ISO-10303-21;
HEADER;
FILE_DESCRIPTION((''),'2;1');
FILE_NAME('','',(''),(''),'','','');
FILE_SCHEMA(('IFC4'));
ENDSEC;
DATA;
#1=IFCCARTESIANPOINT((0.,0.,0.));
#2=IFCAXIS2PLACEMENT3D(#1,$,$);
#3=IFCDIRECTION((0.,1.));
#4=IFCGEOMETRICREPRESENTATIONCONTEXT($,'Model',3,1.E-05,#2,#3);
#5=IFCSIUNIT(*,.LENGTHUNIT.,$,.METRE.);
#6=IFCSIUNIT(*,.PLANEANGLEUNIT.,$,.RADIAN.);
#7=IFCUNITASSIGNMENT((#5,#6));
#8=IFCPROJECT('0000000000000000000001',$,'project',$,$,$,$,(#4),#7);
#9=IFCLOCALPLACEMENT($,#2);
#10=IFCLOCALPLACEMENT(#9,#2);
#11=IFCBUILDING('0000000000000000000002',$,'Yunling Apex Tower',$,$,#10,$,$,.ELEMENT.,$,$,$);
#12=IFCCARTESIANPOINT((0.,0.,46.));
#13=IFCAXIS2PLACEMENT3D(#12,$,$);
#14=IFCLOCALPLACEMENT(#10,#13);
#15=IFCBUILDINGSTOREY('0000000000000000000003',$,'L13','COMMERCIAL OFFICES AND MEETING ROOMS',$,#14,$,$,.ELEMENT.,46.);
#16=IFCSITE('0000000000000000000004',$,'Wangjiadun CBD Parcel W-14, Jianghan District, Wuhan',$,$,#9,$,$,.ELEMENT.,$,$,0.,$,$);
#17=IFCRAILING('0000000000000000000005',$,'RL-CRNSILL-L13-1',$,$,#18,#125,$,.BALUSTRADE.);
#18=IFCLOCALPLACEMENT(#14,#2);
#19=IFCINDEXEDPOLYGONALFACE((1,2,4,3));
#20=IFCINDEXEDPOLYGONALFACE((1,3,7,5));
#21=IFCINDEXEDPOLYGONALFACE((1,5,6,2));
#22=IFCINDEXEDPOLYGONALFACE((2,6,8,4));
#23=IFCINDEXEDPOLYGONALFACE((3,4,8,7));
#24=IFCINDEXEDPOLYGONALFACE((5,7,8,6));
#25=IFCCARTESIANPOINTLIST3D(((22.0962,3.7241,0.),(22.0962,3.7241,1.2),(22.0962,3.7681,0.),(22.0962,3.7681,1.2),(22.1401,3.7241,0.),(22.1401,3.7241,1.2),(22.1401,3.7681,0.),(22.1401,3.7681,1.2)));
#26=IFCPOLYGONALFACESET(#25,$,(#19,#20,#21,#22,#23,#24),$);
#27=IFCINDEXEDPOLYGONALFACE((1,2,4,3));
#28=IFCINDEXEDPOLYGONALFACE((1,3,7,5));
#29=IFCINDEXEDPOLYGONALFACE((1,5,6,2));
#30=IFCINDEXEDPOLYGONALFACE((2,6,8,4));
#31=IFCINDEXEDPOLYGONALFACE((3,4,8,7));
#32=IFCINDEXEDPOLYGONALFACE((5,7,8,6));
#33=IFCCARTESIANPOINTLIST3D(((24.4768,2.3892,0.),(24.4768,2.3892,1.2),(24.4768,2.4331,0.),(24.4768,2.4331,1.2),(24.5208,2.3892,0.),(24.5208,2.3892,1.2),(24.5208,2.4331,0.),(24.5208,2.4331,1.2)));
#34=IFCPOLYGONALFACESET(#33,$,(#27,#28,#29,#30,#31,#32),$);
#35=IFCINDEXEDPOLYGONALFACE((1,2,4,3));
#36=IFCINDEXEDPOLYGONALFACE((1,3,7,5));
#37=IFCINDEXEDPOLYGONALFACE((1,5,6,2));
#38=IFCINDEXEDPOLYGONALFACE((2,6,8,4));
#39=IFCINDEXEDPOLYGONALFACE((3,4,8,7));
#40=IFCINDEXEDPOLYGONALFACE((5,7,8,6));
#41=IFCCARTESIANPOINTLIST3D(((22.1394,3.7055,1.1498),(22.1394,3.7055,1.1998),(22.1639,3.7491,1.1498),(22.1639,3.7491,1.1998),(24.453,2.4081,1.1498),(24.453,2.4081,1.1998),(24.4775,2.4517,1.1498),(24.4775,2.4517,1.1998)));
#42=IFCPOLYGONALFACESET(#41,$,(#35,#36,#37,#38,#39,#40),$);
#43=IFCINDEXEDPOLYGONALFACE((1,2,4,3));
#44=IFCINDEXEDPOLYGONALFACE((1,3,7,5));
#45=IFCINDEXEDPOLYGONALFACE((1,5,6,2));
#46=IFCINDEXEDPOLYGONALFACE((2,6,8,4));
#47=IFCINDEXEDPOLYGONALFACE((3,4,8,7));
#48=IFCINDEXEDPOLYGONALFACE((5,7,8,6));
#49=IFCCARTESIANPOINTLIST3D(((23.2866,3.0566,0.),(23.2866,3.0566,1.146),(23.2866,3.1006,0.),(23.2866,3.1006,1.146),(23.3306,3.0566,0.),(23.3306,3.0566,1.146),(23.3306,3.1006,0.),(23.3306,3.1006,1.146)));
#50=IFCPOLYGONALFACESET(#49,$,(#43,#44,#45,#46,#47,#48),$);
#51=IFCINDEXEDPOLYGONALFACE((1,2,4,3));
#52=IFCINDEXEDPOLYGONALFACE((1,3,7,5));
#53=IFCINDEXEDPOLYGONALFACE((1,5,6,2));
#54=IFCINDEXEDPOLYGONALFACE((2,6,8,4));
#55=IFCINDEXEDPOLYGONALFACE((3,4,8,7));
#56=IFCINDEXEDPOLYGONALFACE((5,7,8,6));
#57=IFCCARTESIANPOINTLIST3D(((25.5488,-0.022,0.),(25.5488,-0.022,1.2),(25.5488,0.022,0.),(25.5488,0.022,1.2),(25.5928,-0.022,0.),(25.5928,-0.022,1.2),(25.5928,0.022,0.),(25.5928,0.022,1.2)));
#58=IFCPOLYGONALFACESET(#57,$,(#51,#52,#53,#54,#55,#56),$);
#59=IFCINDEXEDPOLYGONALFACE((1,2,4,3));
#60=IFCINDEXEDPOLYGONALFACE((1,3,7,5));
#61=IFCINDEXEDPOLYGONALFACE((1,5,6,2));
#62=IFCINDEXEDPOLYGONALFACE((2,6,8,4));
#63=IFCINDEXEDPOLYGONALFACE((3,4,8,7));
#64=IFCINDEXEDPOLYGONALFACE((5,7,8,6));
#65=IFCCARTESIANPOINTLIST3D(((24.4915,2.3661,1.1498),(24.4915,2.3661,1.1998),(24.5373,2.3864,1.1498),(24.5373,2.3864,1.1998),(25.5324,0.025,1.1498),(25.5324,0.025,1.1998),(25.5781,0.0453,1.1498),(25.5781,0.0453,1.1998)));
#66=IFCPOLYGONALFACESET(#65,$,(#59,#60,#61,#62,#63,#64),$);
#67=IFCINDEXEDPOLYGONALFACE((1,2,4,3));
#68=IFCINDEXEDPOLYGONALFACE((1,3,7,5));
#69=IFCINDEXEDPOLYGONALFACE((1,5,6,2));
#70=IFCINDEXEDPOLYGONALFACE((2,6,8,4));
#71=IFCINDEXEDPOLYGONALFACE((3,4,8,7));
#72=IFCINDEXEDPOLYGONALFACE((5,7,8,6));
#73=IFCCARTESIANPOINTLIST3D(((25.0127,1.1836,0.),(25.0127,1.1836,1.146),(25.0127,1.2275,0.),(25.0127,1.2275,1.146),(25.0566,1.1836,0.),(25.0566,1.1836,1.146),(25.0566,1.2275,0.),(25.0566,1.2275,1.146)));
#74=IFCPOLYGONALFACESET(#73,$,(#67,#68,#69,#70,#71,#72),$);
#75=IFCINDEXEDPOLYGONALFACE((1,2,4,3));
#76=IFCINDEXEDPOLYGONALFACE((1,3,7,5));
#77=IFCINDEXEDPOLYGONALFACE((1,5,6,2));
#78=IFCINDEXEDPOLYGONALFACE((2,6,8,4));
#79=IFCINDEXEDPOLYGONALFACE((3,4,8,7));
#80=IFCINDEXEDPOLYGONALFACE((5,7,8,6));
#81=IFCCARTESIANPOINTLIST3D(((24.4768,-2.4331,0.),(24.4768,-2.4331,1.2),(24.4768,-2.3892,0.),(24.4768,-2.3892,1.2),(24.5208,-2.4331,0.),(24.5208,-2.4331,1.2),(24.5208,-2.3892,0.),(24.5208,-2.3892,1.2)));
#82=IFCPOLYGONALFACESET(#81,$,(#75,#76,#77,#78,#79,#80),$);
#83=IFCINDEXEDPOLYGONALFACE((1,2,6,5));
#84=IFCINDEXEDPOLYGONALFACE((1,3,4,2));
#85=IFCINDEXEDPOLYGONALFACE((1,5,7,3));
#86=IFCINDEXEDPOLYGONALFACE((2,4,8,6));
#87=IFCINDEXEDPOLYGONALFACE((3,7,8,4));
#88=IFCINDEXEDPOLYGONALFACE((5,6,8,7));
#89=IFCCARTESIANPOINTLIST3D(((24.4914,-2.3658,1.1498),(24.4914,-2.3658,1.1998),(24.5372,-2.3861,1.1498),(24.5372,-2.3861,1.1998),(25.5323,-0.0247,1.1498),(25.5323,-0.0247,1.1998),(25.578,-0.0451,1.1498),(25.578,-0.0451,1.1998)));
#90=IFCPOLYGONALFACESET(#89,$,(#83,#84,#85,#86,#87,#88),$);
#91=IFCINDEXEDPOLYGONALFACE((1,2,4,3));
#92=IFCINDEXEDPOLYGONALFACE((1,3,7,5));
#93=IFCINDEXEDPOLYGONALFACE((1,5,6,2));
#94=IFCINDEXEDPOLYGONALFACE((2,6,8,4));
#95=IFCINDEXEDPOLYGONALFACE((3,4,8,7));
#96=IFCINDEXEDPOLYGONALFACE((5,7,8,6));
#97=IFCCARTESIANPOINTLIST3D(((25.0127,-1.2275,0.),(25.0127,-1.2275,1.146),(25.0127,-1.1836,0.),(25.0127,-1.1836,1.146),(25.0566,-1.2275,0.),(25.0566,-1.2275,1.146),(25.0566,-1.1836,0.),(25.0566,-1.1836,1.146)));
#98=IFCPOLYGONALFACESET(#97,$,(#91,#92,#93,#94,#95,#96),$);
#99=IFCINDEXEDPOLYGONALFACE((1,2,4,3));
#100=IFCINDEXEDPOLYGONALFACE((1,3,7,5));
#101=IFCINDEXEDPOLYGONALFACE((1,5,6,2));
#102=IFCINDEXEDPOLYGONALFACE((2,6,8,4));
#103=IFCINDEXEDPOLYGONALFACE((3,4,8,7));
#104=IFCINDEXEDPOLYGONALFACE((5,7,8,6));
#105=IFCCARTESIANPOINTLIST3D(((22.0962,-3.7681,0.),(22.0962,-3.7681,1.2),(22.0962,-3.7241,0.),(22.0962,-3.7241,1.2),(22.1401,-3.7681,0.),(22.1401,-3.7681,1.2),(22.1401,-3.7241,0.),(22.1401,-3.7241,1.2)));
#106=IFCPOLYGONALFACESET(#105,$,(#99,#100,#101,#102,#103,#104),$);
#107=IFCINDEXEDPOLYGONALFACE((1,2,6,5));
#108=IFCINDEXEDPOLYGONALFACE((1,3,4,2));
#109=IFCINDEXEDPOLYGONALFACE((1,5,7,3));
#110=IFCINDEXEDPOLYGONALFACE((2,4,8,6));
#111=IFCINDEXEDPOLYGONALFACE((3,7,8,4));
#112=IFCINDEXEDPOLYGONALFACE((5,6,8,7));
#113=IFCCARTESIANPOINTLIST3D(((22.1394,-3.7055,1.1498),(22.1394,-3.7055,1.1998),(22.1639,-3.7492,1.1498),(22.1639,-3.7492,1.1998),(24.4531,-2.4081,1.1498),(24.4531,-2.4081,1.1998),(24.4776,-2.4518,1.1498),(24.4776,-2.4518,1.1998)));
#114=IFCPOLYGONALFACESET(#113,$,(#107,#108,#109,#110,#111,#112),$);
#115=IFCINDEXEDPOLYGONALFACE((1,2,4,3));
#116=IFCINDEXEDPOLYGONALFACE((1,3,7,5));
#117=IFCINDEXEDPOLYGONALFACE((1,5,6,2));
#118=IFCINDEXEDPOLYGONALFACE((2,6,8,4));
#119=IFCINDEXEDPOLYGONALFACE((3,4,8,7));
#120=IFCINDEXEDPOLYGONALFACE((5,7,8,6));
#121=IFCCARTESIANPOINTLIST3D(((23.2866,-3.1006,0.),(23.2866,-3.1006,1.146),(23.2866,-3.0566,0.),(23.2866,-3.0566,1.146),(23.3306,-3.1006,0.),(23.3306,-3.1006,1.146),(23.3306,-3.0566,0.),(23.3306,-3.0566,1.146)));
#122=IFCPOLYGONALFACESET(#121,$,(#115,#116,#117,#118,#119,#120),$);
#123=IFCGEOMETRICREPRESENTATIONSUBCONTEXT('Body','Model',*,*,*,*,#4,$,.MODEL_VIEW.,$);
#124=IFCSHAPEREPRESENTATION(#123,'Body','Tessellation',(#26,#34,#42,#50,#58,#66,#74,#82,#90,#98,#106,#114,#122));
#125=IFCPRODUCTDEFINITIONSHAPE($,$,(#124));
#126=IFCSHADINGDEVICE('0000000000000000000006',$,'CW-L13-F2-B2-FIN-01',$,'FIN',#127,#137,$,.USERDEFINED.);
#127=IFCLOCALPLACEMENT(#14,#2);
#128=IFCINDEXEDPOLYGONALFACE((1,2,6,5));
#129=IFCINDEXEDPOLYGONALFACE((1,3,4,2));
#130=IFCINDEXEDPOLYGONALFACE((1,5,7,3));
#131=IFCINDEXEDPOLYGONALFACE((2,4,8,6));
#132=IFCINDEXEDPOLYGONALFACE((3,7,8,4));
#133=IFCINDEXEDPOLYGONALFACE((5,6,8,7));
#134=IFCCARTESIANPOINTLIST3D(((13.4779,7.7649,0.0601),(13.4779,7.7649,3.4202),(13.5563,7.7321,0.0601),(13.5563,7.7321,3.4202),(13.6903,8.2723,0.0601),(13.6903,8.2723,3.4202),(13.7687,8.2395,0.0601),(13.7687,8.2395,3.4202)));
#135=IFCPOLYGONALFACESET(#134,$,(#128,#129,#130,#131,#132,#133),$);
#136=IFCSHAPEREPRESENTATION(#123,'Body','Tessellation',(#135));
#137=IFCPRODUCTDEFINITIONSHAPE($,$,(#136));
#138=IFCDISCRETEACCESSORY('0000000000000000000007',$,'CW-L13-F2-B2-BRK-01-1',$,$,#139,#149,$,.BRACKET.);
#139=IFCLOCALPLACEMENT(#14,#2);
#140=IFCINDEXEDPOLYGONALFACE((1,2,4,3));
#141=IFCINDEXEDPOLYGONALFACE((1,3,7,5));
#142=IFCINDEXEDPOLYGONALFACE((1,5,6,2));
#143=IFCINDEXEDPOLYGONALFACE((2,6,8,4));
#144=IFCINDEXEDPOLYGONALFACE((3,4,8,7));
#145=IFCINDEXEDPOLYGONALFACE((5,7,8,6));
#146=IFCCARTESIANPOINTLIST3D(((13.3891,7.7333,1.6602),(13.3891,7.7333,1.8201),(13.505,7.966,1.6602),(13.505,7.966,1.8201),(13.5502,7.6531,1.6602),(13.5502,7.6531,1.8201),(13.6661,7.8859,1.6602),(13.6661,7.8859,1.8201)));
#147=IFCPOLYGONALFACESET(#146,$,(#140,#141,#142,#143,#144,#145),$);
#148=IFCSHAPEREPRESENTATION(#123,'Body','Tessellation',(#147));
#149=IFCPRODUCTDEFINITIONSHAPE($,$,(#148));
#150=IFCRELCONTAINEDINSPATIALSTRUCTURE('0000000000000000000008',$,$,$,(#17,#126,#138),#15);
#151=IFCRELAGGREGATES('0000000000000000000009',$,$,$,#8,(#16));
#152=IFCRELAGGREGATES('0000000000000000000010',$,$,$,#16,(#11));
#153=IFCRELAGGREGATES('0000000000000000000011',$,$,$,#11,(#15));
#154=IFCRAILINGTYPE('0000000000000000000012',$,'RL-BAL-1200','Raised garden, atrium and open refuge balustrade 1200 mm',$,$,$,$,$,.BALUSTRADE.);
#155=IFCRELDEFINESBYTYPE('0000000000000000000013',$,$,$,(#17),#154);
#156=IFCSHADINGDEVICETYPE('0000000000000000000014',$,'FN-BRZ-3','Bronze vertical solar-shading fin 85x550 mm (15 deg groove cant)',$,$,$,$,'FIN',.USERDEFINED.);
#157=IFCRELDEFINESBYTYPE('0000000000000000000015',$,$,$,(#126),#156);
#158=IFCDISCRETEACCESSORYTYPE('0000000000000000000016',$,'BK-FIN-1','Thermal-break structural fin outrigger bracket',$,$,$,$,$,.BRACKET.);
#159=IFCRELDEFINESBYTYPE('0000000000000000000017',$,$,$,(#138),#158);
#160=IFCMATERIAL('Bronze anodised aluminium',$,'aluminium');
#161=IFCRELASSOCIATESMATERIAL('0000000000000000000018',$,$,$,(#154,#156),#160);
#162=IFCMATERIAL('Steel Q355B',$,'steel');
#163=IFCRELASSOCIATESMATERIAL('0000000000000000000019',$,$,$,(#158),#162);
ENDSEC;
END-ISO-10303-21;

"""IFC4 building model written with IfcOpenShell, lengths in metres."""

from ifc_helpers import new_model, si_unit, direction, frame, origin, origin_2d, place, context, subcontext, project, spatial, rectangle, extrude, source, transform, mapped, material, material_profile, profile_set, type_object, element, save


model = new_model("IFC4")

# Units and contexts
model_context = context("Model", 3, precision=1e-05, world=origin(), true_north=direction((0.0, 1.0)))
body_context = subcontext(model_context, "Body", "Model", "MODEL_VIEW")
ifc_project = project(units=[si_unit("LENGTHUNIT", "METRE"), si_unit("PLANEANGLEUNIT", "RADIAN")], contexts=[model_context])

# Site, building, storey
site_placement = place(None, origin())
site = spatial("IfcSite", under=ifc_project, at=site_placement, Name="Wangjiadun CBD Parcel W-14, Jianghan District, Wuhan", CompositionType="ELEMENT", RefElevation=0.0)
building_placement = place(site_placement, origin())
building = spatial("IfcBuilding", under=site, at=building_placement, Name="Yunling Apex Tower", CompositionType="ELEMENT")
storey_placement = place(building_placement, frame((0.0, 0.0, 46.0)))
storey = spatial("IfcBuildingStorey", under=building, at=storey_placement, Name="L13", Description="COMMERCIAL OFFICES AND MEETING ROOMS", CompositionType="ELEMENT", Elevation=46.0)

# Shared definitions
ifc_material_1 = material(Name="Steel Q355B", Category="steel")

# Shared definitions
ifc_material_2 = material(Name="Bronze anodised aluminium", Category="aluminium")

# Railing
railing_type = type_object("IfcRailingType", Name="RL-BAL-1200", Description="Raised garden, atrium and open refuge balustrade 1200 mm", PredefinedType="BALUSTRADE", material=ifc_material_2)
railing_placement = place(storey_placement, frame((22.1182, 3.7461, 0.0)))
element("IfcRailing", 1, at=railing_placement, inside=storey, type_object=railing_type, Name="RL-CRNSILL-L13-1", PredefinedType="BALUSTRADE", context=body_context, shape_type="SweptSolid", body=[
    extrude(rectangle(XDim=0.0439, YDim=0.0439, at=origin_2d()), origin(), (0.0, 0.0, 1.0), 1.2),
    extrude(rectangle(XDim=0.0439, YDim=0.0439, at=origin_2d()), frame((2.3806, -1.335, 0.0)), (0.0, 0.0, 1.0), 1.2),
    extrude(rectangle(XDim=0.05, YDim=0.05, at=origin_2d()), frame((0.0334, -0.0188, 1.1748), z_axis=(0.872222, -0.48911, 0.0), x_axis=(0.48911, 0.872222, 0.0)), (0.0, 0.0, 1.0), 2.6526),
    extrude(rectangle(XDim=0.0439, YDim=0.0439, at=origin_2d()), frame((1.1904, -0.6675, 0.0)), (0.0, 0.0, 1.0), 1.146),
    extrude(rectangle(XDim=0.0439, YDim=0.0439, at=origin_2d()), frame((3.4526, -3.7461, 0.0)), (0.0, 0.0, 1.0), 1.2),
    extrude(rectangle(XDim=0.05, YDim=0.05, at=origin_2d()), frame((2.3962, -1.3699, 1.1748), z_axis=(0.406267, -0.913754, 0.0), x_axis=(0.913754, 0.406267, 0.0)), (0.0, 0.0, 1.0), 2.562),
    extrude(rectangle(XDim=0.0439, YDim=0.0439, at=origin_2d()), frame((2.9165, -2.5405, 0.0)), (0.0, 0.0, 1.0), 1.146),
    extrude(rectangle(XDim=0.0439, YDim=0.0439, at=origin_2d()), frame((2.3806, -6.1572, 0.0)), (0.0, 0.0, 1.0), 1.2),
    extrude(rectangle(XDim=0.05, YDim=0.05, at=origin_2d()), frame((3.437, -3.781, 1.1748), z_axis=(-0.406267, -0.913754, 0.0), x_axis=(0.913754, -0.406267, 0.0)), (0.0, 0.0, 1.0), 2.562),
    extrude(rectangle(XDim=0.0439, YDim=0.0439, at=origin_2d()), frame((2.9165, -4.9517, 0.0)), (0.0, 0.0, 1.0), 1.146),
    extrude(rectangle(XDim=0.0439, YDim=0.0439, at=origin_2d()), frame((0.0, -7.4922, 0.0)), (0.0, 0.0, 1.0), 1.2),
    extrude(rectangle(XDim=0.05, YDim=0.05, at=origin_2d()), frame((2.3472, -6.176, 1.1748), z_axis=(-0.872222, -0.48911, 0.0), x_axis=(0.48911, -0.872222, 0.0)), (0.0, 0.0, 1.0), 2.6526),
    extrude(rectangle(XDim=0.0439, YDim=0.0439, at=origin_2d()), frame((1.1904, -6.8247, 0.0)), (0.0, 0.0, 1.0), 1.146),
])

# Shading device
ifc_material_profile_1 = material_profile(ifc_material_2, rectangle(XDim=0.085, YDim=0.55, at=origin_2d()))
ifc_profile_set_1 = profile_set([ifc_material_profile_1], Name="Bronze anodised aluminium")
shading_device_type = type_object("IfcShadingDeviceType", Name="FN-BRZ-3", Description="Bronze vertical solar-shading fin 85x550 mm (15 deg groove cant)", ElementType="FIN", PredefinedType="USERDEFINED", material=ifc_profile_set_1)
shared_shape_1 = source(origin(), body_context, "Body", "SweptSolid", [
    extrude(rectangle(XDim=0.085, YDim=0.55, at=origin_2d()), origin(), (0.0, 0.0, 1.0), 3.3601),
])
shading_device_placement = place(storey_placement, frame((13.6233, 8.0022, 0.0601), z_axis=(0.0, 0.0, 1.0), x_axis=(-0.922471, 0.386067, 0.0)))
element("IfcShadingDevice", 2, at=shading_device_placement, inside=storey, type_object=shading_device_type, Name="CW-L13-F2-B2-FIN-01", ObjectType="FIN", PredefinedType="USERDEFINED", context=body_context, shape_type="MappedRepresentation", body=[
    mapped(shared_shape_1, transform((0.0, 0.0, 0.0), scale=1.0)),
])

# Discrete accessory
discrete_accessory_type = type_object("IfcDiscreteAccessoryType", Name="BK-FIN-1", Description="Thermal-break structural fin outrigger bracket", PredefinedType="BRACKET", material=ifc_material_1)
shared_shape_2 = source(origin(), body_context, "Body", "SweptSolid", [
    extrude(rectangle(XDim=0.1799, YDim=0.26, at=origin_2d()), origin(), (0.0, 0.0, 1.0), 0.1599),
])
discrete_accessory_placement = place(storey_placement, frame((13.5276, 7.8096, 1.6602), z_axis=(0.0, 0.0, 1.0), x_axis=(-0.895246, 0.445573, 0.0)))
element("IfcDiscreteAccessory", 3, at=discrete_accessory_placement, inside=storey, type_object=discrete_accessory_type, Name="CW-L13-F2-B2-BRK-01-1", PredefinedType="BRACKET", context=body_context, shape_type="MappedRepresentation", body=[
    mapped(shared_shape_2, transform((0.0, 0.0, 0.0), scale=1.0)),
])

save(model, "model.ifc")
